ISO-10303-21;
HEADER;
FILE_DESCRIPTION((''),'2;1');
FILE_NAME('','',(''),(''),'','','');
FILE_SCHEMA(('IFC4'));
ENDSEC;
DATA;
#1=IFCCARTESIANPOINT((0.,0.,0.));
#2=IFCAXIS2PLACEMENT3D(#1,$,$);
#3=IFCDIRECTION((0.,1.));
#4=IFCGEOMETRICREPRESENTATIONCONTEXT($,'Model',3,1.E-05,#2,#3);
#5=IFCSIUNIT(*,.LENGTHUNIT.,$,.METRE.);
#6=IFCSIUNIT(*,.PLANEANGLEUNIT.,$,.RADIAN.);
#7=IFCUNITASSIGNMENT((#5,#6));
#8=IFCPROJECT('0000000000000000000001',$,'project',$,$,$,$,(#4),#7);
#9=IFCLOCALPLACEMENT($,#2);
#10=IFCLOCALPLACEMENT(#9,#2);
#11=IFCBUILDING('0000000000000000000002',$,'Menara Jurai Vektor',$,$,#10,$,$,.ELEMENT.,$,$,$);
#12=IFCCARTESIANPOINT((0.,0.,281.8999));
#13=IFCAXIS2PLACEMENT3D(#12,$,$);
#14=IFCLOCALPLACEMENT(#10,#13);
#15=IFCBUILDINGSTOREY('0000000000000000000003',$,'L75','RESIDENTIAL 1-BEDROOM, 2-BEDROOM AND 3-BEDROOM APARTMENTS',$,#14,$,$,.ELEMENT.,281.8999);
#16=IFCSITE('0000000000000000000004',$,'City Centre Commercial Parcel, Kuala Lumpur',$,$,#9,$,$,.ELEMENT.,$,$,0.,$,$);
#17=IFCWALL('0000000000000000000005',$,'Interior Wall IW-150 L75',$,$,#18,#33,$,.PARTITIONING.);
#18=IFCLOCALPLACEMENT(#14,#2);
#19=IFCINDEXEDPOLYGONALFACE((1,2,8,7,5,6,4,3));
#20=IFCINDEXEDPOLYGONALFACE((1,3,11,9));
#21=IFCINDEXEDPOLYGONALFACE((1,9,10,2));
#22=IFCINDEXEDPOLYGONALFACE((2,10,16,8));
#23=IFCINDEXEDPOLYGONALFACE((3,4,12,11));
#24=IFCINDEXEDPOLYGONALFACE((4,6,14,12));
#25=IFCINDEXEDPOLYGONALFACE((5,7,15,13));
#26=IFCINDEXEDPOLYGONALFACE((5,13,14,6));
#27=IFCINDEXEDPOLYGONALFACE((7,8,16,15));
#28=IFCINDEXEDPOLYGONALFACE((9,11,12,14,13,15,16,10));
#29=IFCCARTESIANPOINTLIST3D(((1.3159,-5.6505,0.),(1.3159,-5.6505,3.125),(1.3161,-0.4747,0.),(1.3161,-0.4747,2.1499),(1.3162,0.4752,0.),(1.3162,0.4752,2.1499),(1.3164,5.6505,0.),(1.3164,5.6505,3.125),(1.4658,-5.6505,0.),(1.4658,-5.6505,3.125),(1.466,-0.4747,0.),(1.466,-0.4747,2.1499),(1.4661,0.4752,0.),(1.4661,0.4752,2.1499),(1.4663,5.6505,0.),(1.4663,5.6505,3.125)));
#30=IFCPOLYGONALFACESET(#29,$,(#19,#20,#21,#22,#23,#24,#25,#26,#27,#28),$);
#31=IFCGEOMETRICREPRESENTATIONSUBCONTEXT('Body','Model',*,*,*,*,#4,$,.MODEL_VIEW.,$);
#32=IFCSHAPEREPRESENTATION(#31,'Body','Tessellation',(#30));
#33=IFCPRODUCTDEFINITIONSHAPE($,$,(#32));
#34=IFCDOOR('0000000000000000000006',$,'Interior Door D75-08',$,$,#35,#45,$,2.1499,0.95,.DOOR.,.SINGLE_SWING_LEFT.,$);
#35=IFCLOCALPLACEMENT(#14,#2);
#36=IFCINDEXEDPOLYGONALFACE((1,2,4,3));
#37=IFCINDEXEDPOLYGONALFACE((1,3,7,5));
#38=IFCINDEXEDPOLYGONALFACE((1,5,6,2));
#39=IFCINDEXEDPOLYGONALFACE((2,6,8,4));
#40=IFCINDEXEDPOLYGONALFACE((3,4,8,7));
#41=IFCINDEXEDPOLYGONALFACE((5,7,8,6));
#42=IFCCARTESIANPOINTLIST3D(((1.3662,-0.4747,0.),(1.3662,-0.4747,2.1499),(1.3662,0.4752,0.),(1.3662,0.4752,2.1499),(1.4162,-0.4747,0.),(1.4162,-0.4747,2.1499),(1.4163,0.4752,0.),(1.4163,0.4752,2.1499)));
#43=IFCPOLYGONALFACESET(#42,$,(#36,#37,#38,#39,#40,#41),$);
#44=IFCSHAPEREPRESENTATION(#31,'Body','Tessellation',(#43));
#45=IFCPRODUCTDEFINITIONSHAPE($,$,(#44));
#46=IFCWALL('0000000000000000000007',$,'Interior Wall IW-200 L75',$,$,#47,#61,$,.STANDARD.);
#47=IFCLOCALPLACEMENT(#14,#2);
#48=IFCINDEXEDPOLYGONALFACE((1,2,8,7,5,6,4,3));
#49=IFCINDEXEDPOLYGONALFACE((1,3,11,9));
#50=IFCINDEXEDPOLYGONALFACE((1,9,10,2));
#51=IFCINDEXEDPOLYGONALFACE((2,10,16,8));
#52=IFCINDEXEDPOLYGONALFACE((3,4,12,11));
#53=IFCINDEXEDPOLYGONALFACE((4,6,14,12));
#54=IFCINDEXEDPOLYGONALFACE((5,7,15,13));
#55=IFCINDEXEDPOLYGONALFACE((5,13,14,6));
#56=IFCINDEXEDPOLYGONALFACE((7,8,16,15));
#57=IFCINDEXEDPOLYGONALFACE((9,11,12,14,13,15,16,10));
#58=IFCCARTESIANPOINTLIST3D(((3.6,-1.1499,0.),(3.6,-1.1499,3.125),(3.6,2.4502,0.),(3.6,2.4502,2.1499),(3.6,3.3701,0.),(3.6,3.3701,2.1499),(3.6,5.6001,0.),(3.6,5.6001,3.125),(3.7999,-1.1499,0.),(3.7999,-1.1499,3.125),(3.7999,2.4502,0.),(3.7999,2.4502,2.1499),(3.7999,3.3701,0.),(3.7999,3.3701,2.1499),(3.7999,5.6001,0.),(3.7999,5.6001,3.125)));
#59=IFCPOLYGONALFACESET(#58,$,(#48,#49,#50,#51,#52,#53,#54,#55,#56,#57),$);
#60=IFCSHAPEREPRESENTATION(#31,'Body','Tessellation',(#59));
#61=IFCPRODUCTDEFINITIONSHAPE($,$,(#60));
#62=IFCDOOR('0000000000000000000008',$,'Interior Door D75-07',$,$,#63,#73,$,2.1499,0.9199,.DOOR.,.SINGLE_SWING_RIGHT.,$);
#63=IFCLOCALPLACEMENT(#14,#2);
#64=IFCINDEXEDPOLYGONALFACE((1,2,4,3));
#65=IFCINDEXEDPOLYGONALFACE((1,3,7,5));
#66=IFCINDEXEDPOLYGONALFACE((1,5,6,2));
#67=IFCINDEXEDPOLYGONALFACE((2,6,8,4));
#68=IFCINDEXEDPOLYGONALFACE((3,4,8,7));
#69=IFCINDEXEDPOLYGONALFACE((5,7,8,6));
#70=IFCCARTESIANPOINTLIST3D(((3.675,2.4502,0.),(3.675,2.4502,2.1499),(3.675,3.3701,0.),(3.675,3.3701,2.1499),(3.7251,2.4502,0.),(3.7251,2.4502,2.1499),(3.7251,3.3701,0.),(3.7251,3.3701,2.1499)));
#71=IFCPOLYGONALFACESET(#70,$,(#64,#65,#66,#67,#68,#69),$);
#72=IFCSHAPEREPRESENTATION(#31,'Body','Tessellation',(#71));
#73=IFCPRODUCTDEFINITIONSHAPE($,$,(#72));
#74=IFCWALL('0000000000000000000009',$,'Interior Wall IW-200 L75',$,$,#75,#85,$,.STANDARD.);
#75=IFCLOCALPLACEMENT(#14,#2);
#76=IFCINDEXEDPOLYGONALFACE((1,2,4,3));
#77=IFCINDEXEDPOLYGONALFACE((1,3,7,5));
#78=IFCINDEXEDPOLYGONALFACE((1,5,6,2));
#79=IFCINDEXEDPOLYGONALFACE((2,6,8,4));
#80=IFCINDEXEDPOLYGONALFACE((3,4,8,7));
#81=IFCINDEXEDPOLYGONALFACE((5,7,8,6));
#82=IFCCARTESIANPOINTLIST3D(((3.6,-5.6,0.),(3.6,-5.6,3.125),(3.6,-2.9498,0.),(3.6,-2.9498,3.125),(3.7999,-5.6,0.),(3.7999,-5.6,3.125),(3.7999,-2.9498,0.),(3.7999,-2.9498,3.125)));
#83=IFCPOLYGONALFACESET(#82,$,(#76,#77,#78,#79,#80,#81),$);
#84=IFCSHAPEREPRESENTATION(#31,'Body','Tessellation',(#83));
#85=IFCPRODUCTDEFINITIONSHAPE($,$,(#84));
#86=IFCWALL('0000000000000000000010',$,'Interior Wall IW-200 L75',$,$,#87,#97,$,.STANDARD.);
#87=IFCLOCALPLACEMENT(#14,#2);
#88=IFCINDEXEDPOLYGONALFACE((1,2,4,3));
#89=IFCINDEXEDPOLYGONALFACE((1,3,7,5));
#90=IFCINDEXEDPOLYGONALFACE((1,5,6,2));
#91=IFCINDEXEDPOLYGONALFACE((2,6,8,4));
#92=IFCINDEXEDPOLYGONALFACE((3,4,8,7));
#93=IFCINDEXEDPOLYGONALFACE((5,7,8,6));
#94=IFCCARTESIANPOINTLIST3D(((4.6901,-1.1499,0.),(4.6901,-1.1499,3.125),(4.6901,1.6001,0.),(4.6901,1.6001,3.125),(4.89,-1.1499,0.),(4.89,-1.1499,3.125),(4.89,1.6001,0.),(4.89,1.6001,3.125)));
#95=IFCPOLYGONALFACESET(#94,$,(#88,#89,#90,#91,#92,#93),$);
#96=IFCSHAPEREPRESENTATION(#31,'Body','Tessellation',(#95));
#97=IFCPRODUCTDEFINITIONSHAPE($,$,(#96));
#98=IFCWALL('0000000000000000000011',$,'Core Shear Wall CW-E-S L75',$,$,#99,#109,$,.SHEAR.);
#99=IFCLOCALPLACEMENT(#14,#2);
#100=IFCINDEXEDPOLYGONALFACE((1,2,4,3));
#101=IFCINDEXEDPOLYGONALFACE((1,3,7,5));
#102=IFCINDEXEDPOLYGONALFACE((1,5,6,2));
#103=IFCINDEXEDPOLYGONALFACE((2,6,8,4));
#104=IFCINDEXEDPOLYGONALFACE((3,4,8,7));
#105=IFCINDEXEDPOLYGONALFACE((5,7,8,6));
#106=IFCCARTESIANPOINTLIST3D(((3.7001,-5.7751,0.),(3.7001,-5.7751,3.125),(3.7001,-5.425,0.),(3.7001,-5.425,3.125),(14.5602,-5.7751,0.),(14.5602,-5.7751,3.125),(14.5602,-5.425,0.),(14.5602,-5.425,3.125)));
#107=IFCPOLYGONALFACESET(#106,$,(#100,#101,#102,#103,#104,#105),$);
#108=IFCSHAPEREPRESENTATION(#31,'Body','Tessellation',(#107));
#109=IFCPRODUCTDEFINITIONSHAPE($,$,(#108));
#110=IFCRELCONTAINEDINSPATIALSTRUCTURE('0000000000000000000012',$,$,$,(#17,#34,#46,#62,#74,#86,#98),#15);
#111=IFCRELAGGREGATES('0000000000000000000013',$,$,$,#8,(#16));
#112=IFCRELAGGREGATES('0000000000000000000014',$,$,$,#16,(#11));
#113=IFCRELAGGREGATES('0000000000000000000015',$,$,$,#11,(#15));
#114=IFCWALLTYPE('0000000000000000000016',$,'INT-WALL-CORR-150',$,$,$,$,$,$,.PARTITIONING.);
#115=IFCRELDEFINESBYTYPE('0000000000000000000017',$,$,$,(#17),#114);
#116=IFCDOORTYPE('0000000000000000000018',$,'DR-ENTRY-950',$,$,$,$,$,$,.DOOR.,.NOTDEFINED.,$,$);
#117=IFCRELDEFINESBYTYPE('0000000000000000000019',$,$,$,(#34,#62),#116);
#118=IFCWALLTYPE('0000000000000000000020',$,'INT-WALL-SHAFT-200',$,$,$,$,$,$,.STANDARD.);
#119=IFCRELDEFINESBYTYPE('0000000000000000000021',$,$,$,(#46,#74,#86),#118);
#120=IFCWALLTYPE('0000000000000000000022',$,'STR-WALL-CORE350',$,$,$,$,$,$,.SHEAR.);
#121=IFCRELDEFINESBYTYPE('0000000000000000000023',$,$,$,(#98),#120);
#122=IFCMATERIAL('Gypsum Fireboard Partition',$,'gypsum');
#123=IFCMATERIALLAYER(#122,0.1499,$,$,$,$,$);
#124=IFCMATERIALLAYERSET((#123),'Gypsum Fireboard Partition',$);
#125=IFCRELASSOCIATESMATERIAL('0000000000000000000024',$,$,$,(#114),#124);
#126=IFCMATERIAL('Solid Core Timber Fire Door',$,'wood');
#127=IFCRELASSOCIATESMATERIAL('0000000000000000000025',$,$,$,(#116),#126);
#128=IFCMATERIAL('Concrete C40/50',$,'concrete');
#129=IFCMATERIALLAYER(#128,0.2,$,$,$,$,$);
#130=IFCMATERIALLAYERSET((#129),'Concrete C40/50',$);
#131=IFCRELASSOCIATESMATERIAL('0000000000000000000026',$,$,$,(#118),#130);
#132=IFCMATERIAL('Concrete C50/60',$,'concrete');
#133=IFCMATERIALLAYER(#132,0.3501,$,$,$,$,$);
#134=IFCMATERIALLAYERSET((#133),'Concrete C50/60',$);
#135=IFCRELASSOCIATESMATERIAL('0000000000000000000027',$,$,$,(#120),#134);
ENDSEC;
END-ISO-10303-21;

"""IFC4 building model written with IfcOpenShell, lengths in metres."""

from ifc_helpers import new_model, si_unit, direction, frame, frame_2d, origin, place, context, subcontext, project, spatial, rectangle, extrude, material, layer, layer_set, type_object, element, fill, save


model = new_model("IFC4")

# Units and contexts
model_context = context("Model", 3, precision=1e-05, world=origin(), true_north=direction((0.0, 1.0)))
body_context = subcontext(model_context, "Body", "Model", "MODEL_VIEW")
ifc_project = project(units=[si_unit("LENGTHUNIT", "METRE"), si_unit("PLANEANGLEUNIT", "RADIAN")], contexts=[model_context])

# Site, building, storey
site_placement = place(None, origin())
site = spatial("IfcSite", under=ifc_project, at=site_placement, Name="City Centre Commercial Parcel, Kuala Lumpur", CompositionType="ELEMENT", RefElevation=0.0)
building_placement = place(site_placement, origin())
building = spatial("IfcBuilding", under=site, at=building_placement, Name="Menara Jurai Vektor", CompositionType="ELEMENT")
storey_placement = place(building_placement, frame((0.0, 0.0, 281.8999)))
storey = spatial("IfcBuildingStorey", under=building, at=storey_placement, Name="L75", Description="RESIDENTIAL 1-BEDROOM, 2-BEDROOM AND 3-BEDROOM APARTMENTS", CompositionType="ELEMENT", Elevation=281.8999)

# Shared definitions
ifc_material_1 = material(Name="Concrete C50/60", Category="concrete")

# Shared definitions
ifc_material_2 = material(Name="Concrete C40/50", Category="concrete")

# Shared definitions
ifc_material_3 = material(Name="Gypsum Fireboard Partition", Category="gypsum")
ifc_layer_1 = layer(ifc_material_3, 0.1499)
ifc_layer_set_1 = layer_set([ifc_layer_1], Name="Gypsum Fireboard Partition")
wall_type_1 = type_object("IfcWallType", Name="INT-WALL-CORR-150", PredefinedType="PARTITIONING", material=ifc_layer_set_1)

# Walls, openings, doors
wall_1_placement = place(storey_placement, frame((1.3909, -5.6504, 0.0), z_axis=(0.0, 0.0, 1.0), x_axis=(0.000043, 1.0, 0.0)))
wall_1 = element("IfcWall", 1, at=wall_1_placement, inside=storey, type_object=wall_type_1, Name="Interior Wall IW-150 L75", PredefinedType="PARTITIONING", context=body_context, shape_type="SweptSolid", body=[
    extrude(rectangle(XDim=11.301, YDim=0.1499, at=frame_2d((5.6504, 0.0))), origin(), (0.0, 0.0, 1.0), 3.125),
])
opening_1_placement = place(wall_1_placement, frame((5.1755, 0.0, 0.0)))
opening_1 = element("IfcOpeningElement", 2, at=opening_1_placement, cuts=wall_1, PredefinedType="OPENING", context=body_context, shape_type="SweptSolid", body=[
    extrude(rectangle(XDim=0.95, YDim=2.1499, at=frame_2d((0.4751, 1.075))), frame((0.0, 0.085, 0.0), z_axis=(0.0, -1.0, 0.0), x_axis=(1.0, 0.0, 0.0)), (0.0, 0.0, 1.0), 0.1699),
])
ifc_material_4 = material(Name="Solid Core Timber Fire Door", Category="wood")
door_type_1 = type_object("IfcDoorType", Name="DR-ENTRY-950", OperationType="NOTDEFINED", PredefinedType="DOOR", material=ifc_material_4)
door_1_placement = place(opening_1_placement, origin())
door_1 = element("IfcDoor", 3, at=door_1_placement, inside=storey, type_object=door_type_1, Name="Interior Door D75-08", OperationType="SINGLE_SWING_LEFT", OverallHeight=2.1499, OverallWidth=0.95, PredefinedType="DOOR", context=body_context, shape_type="SweptSolid", body=[
    extrude(rectangle(XDim=0.95, YDim=2.1499, at=frame_2d((0.4751, 1.075))), frame((0.0, 0.0249, 0.0), z_axis=(0.0, -1.0, 0.0), x_axis=(1.0, 0.0, 0.0)), (0.0, 0.0, 1.0), 0.05),
])
fill(opening_1, door_1)
ifc_layer_2 = layer(ifc_material_2, 0.2)
ifc_layer_set_2 = layer_set([ifc_layer_2], Name="Concrete C40/50")
wall_type_2 = type_object("IfcWallType", Name="INT-WALL-SHAFT-200", PredefinedType="STANDARD", material=ifc_layer_set_2)
wall_2_placement = place(storey_placement, frame((3.7, -1.1499, 0.0), z_axis=(0.0, 0.0, 1.0), x_axis=(0.0, 1.0, 0.0)))
wall_2 = element("IfcWall", 4, at=wall_2_placement, inside=storey, type_object=wall_type_2, Name="Interior Wall IW-200 L75", PredefinedType="STANDARD", context=body_context, shape_type="SweptSolid", body=[
    extrude(rectangle(XDim=6.75, YDim=0.2, at=frame_2d((3.375, 0.0))), origin(), (0.0, 0.0, 1.0), 3.125),
])
opening_2_placement = place(wall_2_placement, frame((3.6001, 0.0, 0.0)))
opening_2 = element("IfcOpeningElement", 5, at=opening_2_placement, cuts=wall_2, PredefinedType="OPENING", context=body_context, shape_type="SweptSolid", body=[
    extrude(rectangle(XDim=0.9199, YDim=2.1499, at=frame_2d((0.46, 1.075))), frame((0.0, 0.1099, 0.0), z_axis=(0.0, -1.0, 0.0), x_axis=(1.0, 0.0, 0.0)), (0.0, 0.0, 1.0), 0.22),
])
door_2_placement = place(opening_2_placement, origin())
door_2 = element("IfcDoor", 6, at=door_2_placement, inside=storey, type_object=door_type_1, Name="Interior Door D75-07", OperationType="SINGLE_SWING_RIGHT", OverallHeight=2.1499, OverallWidth=0.9199, PredefinedType="DOOR", context=body_context, shape_type="SweptSolid", body=[
    extrude(rectangle(XDim=0.9199, YDim=2.1499, at=frame_2d((0.46, 1.075))), frame((0.0, 0.0249, 0.0), z_axis=(0.0, -1.0, 0.0), x_axis=(1.0, 0.0, 0.0)), (0.0, 0.0, 1.0), 0.05),
])
fill(opening_2, door_2)

# Walls
wall_3_placement = place(storey_placement, frame((3.7, -5.6001, 0.0), z_axis=(0.0, 0.0, 1.0), x_axis=(0.0, 1.0, 0.0)))
element("IfcWall", 7, at=wall_3_placement, inside=storey, type_object=wall_type_2, Name="Interior Wall IW-200 L75", PredefinedType="STANDARD", context=body_context, shape_type="SweptSolid", body=[
    extrude(rectangle(XDim=2.6501, YDim=0.2, at=frame_2d((1.3252, 0.0))), origin(), (0.0, 0.0, 1.0), 3.125),
])
wall_4_placement = place(storey_placement, frame((4.79, -1.1499, 0.0), z_axis=(0.0, 0.0, 1.0), x_axis=(0.0, 1.0, 0.0)))
element("IfcWall", 8, at=wall_4_placement, inside=storey, type_object=wall_type_2, Name="Interior Wall IW-200 L75", PredefinedType="STANDARD", context=body_context, shape_type="SweptSolid", body=[
    extrude(rectangle(XDim=2.75, YDim=0.2, at=frame_2d((1.375, 0.0))), origin(), (0.0, 0.0, 1.0), 3.125),
])

# Wall
ifc_layer_3 = layer(ifc_material_1, 0.3501)
ifc_layer_set_3 = layer_set([ifc_layer_3], Name="Concrete C50/60")
wall_type_3 = type_object("IfcWallType", Name="STR-WALL-CORE350", PredefinedType="SHEAR", material=ifc_layer_set_3)
wall_5_placement = place(storey_placement, frame((3.7, -5.6001, 0.0), z_axis=(0.0, 0.0, 1.0), x_axis=(1.0, 0.0, 0.0)))
element("IfcWall", 9, at=wall_5_placement, inside=storey, type_object=wall_type_3, Name="Core Shear Wall CW-E-S L75", PredefinedType="SHEAR", context=body_context, shape_type="SweptSolid", body=[
    extrude(rectangle(XDim=10.8601, YDim=0.3501, at=frame_2d((5.4302, 0.0))), origin(), (0.0, 0.0, 1.0), 3.125),
])

save(model, "model.ifc")
